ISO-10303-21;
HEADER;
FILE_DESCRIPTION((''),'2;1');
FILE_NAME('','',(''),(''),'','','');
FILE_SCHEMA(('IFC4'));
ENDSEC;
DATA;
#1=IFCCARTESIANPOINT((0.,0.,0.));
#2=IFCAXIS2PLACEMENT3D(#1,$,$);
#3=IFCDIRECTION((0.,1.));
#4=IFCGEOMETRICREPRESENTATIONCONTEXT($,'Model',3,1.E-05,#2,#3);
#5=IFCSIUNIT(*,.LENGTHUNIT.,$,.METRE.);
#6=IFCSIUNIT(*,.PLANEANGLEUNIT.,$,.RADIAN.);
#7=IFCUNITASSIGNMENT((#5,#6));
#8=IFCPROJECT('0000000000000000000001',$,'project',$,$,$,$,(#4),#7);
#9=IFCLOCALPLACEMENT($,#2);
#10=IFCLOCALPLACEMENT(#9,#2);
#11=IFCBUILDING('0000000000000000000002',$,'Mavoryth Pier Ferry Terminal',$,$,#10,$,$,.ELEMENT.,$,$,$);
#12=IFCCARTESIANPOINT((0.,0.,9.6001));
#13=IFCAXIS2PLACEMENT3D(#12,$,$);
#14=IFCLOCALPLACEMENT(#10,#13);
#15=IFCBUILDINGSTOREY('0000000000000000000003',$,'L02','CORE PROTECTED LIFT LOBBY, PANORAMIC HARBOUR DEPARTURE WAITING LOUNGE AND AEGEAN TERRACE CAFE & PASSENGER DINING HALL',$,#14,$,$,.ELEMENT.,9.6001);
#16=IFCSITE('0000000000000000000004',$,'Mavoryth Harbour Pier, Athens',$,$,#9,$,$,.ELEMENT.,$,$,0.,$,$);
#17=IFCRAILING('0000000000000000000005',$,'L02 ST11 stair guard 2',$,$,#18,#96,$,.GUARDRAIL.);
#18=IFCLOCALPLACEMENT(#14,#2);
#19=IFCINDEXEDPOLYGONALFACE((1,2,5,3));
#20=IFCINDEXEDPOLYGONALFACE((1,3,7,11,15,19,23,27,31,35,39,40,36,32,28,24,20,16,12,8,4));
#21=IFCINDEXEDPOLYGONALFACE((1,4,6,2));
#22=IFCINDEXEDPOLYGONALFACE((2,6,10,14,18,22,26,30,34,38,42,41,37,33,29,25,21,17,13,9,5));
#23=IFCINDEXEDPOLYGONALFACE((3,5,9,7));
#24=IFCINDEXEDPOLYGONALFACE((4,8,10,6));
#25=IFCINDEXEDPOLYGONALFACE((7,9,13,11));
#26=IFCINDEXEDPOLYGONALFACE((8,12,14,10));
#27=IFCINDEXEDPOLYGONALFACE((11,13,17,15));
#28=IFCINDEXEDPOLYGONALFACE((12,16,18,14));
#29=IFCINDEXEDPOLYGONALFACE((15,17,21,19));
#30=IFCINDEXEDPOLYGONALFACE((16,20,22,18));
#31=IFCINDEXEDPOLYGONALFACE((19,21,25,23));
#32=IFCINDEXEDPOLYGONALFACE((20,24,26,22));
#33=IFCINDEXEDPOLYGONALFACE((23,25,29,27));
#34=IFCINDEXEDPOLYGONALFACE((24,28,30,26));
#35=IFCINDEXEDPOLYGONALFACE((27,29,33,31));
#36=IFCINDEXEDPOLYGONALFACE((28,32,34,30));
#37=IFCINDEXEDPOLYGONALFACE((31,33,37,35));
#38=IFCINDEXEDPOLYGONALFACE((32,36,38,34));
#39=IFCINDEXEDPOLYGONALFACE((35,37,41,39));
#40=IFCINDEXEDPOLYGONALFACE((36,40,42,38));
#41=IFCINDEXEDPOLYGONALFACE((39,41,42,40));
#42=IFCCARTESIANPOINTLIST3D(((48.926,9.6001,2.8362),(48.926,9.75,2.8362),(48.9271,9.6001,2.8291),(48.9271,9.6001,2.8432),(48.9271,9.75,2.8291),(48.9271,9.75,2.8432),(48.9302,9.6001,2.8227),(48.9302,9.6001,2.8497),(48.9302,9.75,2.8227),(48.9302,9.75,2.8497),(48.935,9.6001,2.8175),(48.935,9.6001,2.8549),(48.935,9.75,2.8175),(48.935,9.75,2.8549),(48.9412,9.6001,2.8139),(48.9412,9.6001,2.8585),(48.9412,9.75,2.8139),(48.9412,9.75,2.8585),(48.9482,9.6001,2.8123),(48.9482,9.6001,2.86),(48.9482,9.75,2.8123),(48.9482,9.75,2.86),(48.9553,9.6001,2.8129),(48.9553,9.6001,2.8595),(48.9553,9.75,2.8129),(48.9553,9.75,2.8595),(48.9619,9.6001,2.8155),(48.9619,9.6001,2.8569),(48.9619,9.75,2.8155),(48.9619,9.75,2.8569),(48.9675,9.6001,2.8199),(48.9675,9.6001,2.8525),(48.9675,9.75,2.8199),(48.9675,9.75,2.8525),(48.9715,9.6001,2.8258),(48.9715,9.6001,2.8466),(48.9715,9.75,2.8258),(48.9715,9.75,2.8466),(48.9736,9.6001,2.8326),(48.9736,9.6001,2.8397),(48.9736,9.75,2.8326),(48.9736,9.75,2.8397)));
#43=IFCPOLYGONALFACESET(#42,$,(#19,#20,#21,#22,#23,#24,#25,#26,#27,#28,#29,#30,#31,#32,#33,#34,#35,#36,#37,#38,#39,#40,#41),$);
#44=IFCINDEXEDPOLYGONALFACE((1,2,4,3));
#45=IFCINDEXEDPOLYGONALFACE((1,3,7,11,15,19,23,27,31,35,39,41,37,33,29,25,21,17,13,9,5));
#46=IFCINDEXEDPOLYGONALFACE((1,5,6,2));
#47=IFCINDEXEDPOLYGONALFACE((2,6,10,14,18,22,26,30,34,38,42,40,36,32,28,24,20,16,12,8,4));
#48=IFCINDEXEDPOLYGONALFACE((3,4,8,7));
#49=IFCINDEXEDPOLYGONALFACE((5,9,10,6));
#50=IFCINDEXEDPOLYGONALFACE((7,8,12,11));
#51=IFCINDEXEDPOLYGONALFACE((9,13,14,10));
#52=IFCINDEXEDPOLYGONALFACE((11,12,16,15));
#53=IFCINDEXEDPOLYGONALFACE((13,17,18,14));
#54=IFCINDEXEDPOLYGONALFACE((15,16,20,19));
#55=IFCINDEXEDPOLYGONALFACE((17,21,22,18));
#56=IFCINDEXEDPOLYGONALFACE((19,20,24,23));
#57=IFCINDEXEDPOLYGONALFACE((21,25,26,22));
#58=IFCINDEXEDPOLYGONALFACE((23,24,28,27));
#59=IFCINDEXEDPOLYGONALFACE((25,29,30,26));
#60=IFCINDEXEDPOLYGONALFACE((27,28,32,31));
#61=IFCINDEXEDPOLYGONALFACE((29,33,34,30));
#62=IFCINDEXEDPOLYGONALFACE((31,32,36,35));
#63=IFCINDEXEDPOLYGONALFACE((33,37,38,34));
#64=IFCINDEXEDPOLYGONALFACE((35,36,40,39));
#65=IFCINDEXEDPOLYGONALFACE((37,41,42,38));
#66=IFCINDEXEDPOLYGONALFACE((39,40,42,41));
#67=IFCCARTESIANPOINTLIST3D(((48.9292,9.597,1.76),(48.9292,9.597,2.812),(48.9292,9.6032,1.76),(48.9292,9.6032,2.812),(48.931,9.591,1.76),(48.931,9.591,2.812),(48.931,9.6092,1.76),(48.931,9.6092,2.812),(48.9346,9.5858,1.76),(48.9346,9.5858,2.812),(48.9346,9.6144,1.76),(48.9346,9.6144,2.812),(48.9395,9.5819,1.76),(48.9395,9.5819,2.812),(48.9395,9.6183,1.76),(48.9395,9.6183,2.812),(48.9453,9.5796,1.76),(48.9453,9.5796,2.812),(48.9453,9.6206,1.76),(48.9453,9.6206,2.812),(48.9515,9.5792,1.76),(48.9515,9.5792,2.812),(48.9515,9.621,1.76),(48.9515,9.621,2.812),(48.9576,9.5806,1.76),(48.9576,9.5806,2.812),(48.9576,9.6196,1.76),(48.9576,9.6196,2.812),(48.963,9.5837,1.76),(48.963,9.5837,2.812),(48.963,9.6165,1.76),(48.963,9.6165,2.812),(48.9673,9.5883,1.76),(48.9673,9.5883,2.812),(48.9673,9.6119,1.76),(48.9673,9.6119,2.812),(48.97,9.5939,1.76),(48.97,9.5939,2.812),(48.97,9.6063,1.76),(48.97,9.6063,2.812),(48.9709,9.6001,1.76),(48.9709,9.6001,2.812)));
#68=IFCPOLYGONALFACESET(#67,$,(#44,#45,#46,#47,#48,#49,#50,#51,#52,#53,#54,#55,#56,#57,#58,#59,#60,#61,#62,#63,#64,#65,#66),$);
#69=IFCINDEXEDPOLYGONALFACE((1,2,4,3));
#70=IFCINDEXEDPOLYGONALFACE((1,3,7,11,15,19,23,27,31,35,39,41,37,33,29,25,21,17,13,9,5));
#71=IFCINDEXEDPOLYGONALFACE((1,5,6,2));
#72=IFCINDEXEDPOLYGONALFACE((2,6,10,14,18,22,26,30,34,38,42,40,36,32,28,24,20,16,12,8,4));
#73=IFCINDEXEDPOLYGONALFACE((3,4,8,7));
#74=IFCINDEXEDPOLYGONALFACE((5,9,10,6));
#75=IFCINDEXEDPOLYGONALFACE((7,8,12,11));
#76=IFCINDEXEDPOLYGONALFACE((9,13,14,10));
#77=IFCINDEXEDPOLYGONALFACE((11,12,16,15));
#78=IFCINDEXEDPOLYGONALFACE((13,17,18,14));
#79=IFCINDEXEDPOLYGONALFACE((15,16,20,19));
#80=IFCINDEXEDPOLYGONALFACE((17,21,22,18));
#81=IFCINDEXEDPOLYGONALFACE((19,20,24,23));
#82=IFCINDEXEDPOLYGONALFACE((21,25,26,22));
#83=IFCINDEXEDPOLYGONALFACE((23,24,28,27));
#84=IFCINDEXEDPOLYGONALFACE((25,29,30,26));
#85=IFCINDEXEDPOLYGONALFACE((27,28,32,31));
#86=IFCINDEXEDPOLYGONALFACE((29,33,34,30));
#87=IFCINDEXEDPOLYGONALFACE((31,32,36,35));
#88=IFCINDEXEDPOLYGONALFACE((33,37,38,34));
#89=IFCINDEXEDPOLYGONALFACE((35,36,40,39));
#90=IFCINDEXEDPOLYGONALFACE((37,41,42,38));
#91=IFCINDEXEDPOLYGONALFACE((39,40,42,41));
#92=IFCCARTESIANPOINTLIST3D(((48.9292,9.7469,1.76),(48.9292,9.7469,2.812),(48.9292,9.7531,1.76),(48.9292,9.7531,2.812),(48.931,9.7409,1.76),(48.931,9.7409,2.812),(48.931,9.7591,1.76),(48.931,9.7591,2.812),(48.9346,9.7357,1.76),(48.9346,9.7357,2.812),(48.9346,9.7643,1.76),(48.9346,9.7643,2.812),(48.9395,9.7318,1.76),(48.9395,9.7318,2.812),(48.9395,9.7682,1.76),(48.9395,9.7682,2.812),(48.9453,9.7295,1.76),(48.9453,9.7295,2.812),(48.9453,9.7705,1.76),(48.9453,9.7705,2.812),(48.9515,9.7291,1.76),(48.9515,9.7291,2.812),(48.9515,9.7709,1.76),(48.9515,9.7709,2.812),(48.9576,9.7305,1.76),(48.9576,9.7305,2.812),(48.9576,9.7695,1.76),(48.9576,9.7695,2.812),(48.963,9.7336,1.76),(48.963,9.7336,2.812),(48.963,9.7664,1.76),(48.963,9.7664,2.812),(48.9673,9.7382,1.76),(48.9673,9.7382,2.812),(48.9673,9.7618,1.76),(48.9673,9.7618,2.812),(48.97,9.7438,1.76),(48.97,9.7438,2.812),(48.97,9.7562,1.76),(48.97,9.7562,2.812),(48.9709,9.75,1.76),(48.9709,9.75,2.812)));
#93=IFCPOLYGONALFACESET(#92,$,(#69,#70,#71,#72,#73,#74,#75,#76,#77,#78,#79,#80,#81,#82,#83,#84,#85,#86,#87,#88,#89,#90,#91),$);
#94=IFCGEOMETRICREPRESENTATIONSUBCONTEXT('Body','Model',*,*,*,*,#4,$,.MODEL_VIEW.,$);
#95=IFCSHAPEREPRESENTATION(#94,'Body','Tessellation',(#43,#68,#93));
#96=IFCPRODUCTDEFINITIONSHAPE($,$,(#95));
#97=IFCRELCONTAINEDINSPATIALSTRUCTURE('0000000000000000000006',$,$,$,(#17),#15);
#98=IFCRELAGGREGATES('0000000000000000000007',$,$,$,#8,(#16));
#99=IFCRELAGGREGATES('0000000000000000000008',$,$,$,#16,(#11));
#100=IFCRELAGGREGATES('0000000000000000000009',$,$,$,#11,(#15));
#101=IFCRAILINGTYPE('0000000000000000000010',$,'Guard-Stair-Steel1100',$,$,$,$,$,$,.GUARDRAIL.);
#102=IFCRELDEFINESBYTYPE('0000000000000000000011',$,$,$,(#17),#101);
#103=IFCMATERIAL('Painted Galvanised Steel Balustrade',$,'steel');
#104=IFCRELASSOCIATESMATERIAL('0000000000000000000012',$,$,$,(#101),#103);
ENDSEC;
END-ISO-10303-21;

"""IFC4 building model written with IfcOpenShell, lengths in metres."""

from ifc_helpers import new_model, si_unit, direction, frame, origin, origin_2d, place, context, subcontext, project, spatial, circle, extrude, material, type_object, element, save


model = new_model("IFC4")

# Units and contexts
model_context = context("Model", 3, precision=1e-05, world=origin(), true_north=direction((0.0, 1.0)))
body_context = subcontext(model_context, "Body", "Model", "MODEL_VIEW")
ifc_project = project(units=[si_unit("LENGTHUNIT", "METRE"), si_unit("PLANEANGLEUNIT", "RADIAN")], contexts=[model_context])

# Site, building, storey
site_placement = place(None, origin())
site = spatial("IfcSite", under=ifc_project, at=site_placement, Name="Mavoryth Harbour Pier, Athens", CompositionType="ELEMENT", RefElevation=0.0)
building_placement = place(site_placement, origin())
building = spatial("IfcBuilding", under=site, at=building_placement, Name="Mavoryth Pier Ferry Terminal", CompositionType="ELEMENT")
storey_placement = place(building_placement, frame((0.0, 0.0, 9.6001)))
storey = spatial("IfcBuildingStorey", under=building, at=storey_placement, Name="L02", Description="CORE PROTECTED LIFT LOBBY, PANORAMIC HARBOUR DEPARTURE WAITING LOUNGE AND AEGEAN TERRACE CAFE & PASSENGER DINING HALL", CompositionType="ELEMENT", Elevation=9.6001)

# Railing
ifc_material_1 = material(Name="Painted Galvanised Steel Balustrade", Category="steel")
railing_type_1 = type_object("IfcRailingType", Name="Guard-Stair-Steel1100", PredefinedType="GUARDRAIL", material=ifc_material_1)
railing_1_placement = place(storey_placement, frame((48.95, 9.6001, 1.76)))
element("IfcRailing", 1, at=railing_1_placement, inside=storey, type_object=railing_type_1, Name="L02 ST11 stair guard 2", PredefinedType="GUARDRAIL", context=body_context, shape_type="SweptSolid", body=[
    extrude(circle(Radius=0.0239, at=origin_2d()), frame((0.0, 0.0, 1.0762), z_axis=(0.0, 1.0, 0.0), x_axis=(-1.0, 0.0, 0.0)), (0.0, 0.0, 1.0), 0.1499),
    extrude(circle(Radius=0.021, at=origin_2d()), origin(), (0.0, 0.0, 1.0), 1.052),
    extrude(circle(Radius=0.021, at=origin_2d()), frame((0.0, 0.1499, 0.0)), (0.0, 0.0, 1.0), 1.052),
])

save(model, "model.ifc")
